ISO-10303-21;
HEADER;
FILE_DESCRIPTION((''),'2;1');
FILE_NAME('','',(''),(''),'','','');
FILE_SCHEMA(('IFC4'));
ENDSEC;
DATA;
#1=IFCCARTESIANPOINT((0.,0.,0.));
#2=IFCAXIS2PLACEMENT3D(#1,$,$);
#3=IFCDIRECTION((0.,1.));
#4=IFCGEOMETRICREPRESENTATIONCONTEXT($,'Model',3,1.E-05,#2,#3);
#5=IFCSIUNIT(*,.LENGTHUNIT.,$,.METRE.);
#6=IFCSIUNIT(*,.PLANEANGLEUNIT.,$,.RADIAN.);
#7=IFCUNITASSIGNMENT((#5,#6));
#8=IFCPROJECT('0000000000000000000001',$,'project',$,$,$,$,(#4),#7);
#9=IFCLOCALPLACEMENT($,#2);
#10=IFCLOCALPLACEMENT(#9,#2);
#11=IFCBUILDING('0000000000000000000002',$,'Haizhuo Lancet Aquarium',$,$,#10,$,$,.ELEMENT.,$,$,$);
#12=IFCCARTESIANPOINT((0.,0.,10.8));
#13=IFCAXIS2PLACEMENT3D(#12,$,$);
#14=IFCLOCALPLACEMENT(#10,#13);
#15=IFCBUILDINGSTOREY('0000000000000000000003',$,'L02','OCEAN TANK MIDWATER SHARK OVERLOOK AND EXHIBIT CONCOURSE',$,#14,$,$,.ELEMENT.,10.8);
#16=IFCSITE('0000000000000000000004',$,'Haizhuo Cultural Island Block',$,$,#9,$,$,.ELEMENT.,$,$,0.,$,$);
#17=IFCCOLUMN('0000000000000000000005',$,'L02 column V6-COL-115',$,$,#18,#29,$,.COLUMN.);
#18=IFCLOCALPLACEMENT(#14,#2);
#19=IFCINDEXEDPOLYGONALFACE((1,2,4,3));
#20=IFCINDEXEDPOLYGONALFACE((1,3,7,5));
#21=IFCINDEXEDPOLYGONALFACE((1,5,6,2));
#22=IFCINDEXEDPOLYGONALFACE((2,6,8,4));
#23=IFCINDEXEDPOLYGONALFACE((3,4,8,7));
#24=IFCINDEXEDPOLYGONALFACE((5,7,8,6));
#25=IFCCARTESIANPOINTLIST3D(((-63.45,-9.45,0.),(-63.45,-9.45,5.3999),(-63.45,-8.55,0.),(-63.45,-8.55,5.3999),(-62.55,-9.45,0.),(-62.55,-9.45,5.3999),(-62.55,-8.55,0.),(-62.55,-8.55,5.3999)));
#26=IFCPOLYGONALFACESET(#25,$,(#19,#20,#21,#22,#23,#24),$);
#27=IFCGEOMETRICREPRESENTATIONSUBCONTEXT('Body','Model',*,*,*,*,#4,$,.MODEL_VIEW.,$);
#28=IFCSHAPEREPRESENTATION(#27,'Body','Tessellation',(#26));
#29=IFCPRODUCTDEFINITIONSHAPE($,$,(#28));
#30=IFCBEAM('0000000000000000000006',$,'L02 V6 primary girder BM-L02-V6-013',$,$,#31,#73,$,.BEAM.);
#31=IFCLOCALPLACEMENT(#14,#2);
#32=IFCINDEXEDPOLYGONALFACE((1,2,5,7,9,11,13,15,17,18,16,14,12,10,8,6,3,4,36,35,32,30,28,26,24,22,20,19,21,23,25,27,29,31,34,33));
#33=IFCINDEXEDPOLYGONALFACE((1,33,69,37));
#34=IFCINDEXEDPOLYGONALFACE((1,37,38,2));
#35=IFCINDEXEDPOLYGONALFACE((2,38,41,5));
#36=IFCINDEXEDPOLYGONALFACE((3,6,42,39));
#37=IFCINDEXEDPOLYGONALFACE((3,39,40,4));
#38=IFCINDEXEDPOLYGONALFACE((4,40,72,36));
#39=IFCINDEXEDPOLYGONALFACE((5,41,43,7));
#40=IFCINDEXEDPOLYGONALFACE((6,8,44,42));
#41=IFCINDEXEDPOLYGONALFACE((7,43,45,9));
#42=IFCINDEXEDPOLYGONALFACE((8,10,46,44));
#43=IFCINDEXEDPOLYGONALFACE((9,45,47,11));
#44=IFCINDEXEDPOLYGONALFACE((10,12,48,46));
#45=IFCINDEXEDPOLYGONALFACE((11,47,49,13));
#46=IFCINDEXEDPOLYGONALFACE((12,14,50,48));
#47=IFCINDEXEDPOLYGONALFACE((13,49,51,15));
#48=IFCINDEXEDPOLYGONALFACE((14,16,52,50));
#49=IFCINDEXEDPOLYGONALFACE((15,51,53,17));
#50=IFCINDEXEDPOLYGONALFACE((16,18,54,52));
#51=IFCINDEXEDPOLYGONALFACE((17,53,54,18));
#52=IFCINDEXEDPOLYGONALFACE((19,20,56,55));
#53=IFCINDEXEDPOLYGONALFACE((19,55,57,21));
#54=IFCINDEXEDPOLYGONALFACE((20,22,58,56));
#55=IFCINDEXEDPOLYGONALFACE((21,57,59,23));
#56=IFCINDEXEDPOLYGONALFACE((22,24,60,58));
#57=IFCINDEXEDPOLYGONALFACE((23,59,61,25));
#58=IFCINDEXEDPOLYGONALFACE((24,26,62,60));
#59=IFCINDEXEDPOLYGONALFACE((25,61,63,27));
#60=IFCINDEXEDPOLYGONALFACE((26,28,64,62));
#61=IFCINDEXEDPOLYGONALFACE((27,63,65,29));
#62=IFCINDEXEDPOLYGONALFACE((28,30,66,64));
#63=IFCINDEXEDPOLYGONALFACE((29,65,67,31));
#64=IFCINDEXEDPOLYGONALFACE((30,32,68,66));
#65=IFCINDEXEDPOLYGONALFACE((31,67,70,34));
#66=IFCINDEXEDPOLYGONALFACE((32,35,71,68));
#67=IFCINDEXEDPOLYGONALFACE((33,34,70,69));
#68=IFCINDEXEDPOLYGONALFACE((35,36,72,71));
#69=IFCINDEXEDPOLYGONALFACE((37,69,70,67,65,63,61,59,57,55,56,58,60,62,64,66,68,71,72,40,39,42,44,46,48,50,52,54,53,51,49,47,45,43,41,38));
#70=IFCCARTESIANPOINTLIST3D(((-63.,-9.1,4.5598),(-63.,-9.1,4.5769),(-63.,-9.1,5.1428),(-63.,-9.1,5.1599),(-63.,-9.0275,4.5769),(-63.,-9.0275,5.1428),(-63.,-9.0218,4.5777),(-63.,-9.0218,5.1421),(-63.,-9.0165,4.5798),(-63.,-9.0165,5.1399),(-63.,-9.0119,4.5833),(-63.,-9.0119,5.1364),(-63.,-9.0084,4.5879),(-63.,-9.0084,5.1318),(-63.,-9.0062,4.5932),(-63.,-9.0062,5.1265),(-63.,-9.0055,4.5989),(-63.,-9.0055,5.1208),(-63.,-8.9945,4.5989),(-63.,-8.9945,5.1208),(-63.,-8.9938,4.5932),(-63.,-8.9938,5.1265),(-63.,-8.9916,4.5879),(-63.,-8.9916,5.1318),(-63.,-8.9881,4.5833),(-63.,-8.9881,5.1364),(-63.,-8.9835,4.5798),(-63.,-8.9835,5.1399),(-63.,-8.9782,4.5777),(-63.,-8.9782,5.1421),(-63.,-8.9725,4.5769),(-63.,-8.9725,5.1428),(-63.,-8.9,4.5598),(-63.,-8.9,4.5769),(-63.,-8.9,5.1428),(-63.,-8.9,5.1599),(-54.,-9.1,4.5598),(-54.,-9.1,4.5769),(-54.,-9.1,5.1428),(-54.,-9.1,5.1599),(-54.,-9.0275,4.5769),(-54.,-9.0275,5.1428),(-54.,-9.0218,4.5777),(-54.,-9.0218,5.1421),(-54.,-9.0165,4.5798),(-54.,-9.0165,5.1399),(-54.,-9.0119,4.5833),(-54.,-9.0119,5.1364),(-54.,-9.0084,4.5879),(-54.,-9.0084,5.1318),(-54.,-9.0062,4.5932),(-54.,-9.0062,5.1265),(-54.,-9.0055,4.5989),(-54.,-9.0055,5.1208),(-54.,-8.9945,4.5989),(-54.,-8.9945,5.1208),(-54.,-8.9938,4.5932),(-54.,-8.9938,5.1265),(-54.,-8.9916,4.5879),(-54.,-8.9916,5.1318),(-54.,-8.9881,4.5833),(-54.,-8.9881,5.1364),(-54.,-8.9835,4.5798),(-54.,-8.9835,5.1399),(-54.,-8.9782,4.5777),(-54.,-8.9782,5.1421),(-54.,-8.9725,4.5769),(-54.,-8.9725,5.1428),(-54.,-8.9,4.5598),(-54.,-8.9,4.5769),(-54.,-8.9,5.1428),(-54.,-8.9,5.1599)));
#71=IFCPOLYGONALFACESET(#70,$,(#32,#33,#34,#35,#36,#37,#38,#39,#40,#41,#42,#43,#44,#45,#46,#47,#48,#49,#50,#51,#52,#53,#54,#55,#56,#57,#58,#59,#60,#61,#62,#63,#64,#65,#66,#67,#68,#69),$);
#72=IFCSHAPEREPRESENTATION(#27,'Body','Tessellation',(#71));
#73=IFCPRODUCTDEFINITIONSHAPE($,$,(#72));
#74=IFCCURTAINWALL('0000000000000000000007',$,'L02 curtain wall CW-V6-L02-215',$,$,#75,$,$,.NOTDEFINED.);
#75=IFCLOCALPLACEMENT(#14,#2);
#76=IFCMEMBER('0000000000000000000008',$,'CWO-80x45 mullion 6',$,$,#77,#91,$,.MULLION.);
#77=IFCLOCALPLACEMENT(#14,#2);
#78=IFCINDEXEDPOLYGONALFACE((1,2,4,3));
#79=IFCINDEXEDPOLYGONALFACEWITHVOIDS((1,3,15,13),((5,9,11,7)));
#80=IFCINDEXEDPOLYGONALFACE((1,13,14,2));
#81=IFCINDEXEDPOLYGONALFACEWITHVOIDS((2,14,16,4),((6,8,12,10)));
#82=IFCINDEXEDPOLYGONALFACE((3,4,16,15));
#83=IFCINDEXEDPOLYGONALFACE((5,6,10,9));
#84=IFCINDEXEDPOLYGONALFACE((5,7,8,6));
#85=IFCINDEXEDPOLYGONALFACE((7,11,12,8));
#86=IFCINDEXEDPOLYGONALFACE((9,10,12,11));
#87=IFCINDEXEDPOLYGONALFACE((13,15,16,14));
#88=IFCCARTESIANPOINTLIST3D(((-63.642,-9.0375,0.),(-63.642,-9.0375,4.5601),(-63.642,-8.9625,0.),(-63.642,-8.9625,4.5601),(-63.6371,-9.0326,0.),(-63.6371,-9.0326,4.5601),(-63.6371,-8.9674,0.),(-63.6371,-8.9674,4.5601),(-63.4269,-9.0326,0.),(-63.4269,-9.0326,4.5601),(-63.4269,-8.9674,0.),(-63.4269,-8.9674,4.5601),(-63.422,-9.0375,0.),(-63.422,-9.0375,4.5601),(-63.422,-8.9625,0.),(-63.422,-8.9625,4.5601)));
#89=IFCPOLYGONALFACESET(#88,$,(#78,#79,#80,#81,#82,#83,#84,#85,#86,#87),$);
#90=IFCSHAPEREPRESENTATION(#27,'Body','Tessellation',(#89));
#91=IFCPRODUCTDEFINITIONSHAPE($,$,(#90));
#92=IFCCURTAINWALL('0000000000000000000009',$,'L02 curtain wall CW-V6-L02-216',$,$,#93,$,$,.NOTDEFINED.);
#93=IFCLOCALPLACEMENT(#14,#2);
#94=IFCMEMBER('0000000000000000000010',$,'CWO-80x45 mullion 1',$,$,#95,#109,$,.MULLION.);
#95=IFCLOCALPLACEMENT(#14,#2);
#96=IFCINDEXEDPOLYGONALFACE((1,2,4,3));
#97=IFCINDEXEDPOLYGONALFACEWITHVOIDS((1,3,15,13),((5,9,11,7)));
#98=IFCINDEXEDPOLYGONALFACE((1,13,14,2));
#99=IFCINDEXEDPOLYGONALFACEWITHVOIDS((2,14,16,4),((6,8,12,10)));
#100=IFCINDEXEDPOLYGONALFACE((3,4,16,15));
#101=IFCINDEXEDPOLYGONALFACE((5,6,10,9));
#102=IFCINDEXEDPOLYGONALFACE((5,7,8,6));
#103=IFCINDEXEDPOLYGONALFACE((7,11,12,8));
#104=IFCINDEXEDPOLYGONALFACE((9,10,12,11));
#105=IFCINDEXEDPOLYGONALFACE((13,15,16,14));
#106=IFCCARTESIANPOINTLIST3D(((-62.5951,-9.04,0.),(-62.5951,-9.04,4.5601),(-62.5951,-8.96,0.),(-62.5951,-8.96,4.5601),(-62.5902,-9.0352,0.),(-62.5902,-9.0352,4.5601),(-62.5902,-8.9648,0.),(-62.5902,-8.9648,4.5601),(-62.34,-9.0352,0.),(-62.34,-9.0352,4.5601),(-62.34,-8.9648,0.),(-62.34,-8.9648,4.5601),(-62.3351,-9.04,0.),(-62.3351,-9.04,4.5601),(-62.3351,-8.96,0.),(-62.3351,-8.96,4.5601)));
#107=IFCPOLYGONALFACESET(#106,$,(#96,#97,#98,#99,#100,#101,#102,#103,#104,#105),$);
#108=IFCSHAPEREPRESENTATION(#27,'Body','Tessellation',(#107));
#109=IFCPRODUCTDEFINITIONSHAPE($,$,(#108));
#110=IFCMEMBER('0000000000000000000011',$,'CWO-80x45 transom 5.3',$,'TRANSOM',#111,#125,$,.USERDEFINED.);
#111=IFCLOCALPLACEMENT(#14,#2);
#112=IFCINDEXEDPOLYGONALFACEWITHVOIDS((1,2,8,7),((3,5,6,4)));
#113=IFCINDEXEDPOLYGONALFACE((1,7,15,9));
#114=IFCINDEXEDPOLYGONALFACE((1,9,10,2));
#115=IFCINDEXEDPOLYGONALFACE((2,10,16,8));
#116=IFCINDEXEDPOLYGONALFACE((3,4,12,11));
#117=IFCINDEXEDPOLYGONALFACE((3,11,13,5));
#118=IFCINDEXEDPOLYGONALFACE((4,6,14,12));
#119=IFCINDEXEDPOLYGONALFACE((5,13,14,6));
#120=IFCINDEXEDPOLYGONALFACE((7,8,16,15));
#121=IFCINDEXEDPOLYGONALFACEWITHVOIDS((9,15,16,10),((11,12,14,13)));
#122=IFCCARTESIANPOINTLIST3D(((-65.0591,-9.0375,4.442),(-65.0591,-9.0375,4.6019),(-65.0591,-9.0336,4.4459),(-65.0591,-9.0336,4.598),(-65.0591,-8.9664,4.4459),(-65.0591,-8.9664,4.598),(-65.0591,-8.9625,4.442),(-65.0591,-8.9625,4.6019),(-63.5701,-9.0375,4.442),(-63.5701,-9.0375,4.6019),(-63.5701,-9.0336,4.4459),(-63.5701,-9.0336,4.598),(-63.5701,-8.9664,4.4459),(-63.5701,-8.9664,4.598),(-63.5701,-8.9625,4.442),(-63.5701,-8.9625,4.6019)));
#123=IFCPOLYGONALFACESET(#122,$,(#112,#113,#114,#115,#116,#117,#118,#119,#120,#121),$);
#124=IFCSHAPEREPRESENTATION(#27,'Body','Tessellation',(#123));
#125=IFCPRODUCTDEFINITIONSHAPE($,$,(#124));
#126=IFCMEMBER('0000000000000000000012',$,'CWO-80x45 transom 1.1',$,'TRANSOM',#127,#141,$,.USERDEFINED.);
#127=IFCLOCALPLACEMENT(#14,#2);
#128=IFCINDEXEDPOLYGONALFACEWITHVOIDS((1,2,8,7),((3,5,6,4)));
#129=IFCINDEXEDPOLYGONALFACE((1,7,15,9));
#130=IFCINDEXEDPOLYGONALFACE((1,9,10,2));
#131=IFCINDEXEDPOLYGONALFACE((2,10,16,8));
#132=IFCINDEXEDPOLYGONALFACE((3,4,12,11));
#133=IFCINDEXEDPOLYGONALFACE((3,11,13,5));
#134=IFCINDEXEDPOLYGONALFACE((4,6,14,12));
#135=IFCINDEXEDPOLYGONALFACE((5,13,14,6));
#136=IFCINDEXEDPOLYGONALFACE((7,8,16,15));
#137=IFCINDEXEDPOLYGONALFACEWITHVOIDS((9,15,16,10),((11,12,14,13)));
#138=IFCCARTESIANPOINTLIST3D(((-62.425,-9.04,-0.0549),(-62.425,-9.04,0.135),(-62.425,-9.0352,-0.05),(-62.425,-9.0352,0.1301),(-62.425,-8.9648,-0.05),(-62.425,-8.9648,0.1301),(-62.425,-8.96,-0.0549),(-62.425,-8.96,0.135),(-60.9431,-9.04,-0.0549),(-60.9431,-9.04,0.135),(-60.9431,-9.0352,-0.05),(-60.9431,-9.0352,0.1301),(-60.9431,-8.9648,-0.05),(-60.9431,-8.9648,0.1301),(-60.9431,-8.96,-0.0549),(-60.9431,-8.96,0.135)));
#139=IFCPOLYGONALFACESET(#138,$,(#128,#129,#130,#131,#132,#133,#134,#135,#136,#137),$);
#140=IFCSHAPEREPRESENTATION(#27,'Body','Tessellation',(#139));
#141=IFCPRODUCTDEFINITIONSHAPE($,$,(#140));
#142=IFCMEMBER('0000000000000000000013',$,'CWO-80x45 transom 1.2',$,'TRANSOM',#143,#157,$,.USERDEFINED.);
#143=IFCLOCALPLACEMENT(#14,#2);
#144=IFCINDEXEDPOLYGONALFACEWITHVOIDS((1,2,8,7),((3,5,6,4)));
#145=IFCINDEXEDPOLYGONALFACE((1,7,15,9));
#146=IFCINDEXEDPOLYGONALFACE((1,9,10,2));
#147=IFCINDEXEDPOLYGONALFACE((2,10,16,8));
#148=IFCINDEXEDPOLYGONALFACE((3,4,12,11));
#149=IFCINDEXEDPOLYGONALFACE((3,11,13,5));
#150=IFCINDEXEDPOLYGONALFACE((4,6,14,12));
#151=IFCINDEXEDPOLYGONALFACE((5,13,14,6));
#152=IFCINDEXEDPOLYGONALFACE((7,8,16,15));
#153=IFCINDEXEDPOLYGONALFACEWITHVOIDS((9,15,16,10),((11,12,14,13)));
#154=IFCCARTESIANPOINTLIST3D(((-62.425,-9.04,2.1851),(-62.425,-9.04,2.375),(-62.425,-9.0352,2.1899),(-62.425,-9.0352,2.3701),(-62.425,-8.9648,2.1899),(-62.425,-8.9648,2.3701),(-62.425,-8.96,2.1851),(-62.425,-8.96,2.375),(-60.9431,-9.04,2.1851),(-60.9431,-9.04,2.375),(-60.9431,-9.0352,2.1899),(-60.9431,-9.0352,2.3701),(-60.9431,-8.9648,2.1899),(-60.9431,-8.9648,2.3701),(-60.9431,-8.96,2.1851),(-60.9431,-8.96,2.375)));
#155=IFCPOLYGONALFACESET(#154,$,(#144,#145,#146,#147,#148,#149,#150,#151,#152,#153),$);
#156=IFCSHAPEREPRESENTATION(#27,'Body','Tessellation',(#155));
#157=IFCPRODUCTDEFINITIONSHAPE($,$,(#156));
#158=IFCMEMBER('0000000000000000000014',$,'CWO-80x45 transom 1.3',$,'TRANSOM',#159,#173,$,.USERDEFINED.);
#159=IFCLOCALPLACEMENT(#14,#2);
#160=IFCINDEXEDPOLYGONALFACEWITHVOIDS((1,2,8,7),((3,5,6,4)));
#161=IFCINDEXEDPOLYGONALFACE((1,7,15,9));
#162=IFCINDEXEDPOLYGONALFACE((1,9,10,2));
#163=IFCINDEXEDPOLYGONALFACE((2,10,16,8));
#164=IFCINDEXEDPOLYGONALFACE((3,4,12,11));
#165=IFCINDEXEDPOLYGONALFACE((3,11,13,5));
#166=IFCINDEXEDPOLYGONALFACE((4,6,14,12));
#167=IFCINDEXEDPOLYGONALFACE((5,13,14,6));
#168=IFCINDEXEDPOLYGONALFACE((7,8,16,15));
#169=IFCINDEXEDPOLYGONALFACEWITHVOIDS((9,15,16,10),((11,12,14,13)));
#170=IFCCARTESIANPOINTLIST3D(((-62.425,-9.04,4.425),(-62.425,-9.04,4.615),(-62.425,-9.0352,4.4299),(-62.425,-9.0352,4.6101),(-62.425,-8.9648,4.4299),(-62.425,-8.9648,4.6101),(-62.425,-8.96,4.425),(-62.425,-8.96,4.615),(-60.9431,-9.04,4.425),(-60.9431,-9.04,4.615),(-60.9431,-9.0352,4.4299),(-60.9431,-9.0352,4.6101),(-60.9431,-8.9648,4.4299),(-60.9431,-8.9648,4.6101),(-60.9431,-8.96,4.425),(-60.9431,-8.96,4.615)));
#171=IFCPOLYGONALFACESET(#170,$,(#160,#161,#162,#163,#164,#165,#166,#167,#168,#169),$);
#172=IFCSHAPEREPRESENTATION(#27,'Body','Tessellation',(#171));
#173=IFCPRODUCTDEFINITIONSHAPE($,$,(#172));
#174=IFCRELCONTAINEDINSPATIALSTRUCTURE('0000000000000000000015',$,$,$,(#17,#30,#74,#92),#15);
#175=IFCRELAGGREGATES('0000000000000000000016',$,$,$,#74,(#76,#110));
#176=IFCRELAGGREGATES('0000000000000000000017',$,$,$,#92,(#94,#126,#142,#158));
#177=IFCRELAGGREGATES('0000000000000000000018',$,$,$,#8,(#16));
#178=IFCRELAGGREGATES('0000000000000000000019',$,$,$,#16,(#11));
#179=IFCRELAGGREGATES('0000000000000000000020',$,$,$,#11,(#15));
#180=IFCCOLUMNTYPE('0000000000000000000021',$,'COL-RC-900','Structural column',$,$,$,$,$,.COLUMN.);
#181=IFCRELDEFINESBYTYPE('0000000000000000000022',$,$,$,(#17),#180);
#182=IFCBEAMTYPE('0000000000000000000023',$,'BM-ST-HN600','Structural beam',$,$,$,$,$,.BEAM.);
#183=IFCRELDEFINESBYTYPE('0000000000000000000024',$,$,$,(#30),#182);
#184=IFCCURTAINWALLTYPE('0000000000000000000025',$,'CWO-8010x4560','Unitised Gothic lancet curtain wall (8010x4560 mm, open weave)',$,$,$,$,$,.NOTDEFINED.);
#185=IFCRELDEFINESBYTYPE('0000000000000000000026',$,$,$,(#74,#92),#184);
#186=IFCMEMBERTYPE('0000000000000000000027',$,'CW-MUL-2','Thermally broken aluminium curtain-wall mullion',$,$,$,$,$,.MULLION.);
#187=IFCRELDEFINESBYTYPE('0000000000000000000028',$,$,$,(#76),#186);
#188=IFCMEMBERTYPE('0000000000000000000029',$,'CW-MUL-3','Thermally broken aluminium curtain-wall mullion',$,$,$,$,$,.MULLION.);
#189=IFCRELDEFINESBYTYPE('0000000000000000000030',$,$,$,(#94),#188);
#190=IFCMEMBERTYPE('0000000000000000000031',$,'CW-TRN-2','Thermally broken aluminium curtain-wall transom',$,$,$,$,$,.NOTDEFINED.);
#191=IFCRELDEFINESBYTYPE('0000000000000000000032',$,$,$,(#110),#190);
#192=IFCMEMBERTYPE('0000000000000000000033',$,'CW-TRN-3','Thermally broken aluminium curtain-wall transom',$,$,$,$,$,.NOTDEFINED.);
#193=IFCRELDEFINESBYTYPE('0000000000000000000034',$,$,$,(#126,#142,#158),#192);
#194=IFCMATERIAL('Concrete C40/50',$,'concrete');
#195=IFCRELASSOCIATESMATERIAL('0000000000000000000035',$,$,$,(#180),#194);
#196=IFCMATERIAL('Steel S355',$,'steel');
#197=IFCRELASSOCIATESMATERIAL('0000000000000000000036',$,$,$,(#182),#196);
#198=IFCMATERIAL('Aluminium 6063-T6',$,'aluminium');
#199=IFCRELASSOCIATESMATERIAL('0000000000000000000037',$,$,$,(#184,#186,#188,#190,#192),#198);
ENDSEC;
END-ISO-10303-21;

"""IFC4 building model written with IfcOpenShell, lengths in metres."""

from ifc_helpers import new_model, si_unit, direction, frame, origin, origin_2d, place, context, subcontext, project, spatial, rectangle, hollow_rectangle, i_section, extrude, material, material_profile, profile_set, type_object, element, aggregate, save


model = new_model("IFC4")

# Units and contexts
model_context = context("Model", 3, precision=1e-05, world=origin(), true_north=direction((0.0, 1.0)))
body_context = subcontext(model_context, "Body", "Model", "MODEL_VIEW")
ifc_project = project(units=[si_unit("LENGTHUNIT", "METRE"), si_unit("PLANEANGLEUNIT", "RADIAN")], contexts=[model_context])

# Site, building, storey
site_placement = place(None, origin())
site = spatial("IfcSite", under=ifc_project, at=site_placement, Name="Haizhuo Cultural Island Block", CompositionType="ELEMENT", RefElevation=0.0)
building_placement = place(site_placement, origin())
building = spatial("IfcBuilding", under=site, at=building_placement, Name="Haizhuo Lancet Aquarium", CompositionType="ELEMENT")
storey_placement = place(building_placement, frame((0.0, 0.0, 10.8)))
storey = spatial("IfcBuildingStorey", under=building, at=storey_placement, Name="L02", Description="OCEAN TANK MIDWATER SHARK OVERLOOK AND EXHIBIT CONCOURSE", CompositionType="ELEMENT", Elevation=10.8)

# Column
ifc_material_1 = material(Name="Concrete C40/50", Category="concrete")
ifc_material_profile_1 = material_profile(ifc_material_1, rectangle(XDim=0.8999, YDim=0.8999, at=origin_2d()), Name="RC-COL 900x900")
ifc_profile_set_1 = profile_set([ifc_material_profile_1], Name="Concrete C40/50")
column_type = type_object("IfcColumnType", Name="COL-RC-900", Description="Structural column", PredefinedType="COLUMN", material=ifc_profile_set_1)
column_placement = place(storey_placement, frame((-63.0, -9.0, 0.0), z_axis=(0.0, 0.0, 1.0), x_axis=(1.0, 0.0, 0.0)))
element("IfcColumn", 1, at=column_placement, inside=storey, type_object=column_type, Name="L02 column V6-COL-115", PredefinedType="COLUMN", context=body_context, shape_type="SweptSolid", body=[
    extrude(rectangle(XDim=0.8999, YDim=0.8999, at=origin_2d()), origin(), (0.0, 0.0, 1.0), 5.3999),
])

# Beam
ifc_material_2 = material(Name="Steel S355", Category="steel")
ifc_material_profile_2 = material_profile(ifc_material_2, i_section(OverallWidth=0.2, OverallDepth=0.6001, WebThickness=0.011, FlangeThickness=0.0171, FilletRadius=0.022, at=origin_2d()), Name="HN 600x200x11x17")
ifc_profile_set_2 = profile_set([ifc_material_profile_2], Name="Steel S355")
beam_type = type_object("IfcBeamType", Name="BM-ST-HN600", Description="Structural beam", PredefinedType="BEAM", material=ifc_profile_set_2)
beam_placement = place(storey_placement, frame((-63.0, -9.0, 4.8599), z_axis=(1.0, 0.0, 0.0), x_axis=(0.0, 1.0, 0.0)))
element("IfcBeam", 2, at=beam_placement, inside=storey, type_object=beam_type, Name="L02 V6 primary girder BM-L02-V6-013", PredefinedType="BEAM", context=body_context, shape_type="SweptSolid", body=[
    extrude(i_section(OverallWidth=0.2, OverallDepth=0.6001, WebThickness=0.011, FlangeThickness=0.0171, FilletRadius=0.022, at=origin_2d()), origin(), (0.0, 0.0, 1.0), 9.0),
])

# Curtain walls, members
ifc_material_3 = material(Name="Aluminium 6063-T6", Category="aluminium")
curtain_wall_type = type_object("IfcCurtainWallType", Name="CWO-8010x4560", Description="Unitised Gothic lancet curtain wall (8010x4560 mm, open weave)", PredefinedType="NOTDEFINED", material=ifc_material_3)
curtain_wall_1_placement = place(storey_placement, origin())
curtain_wall_1 = element("IfcCurtainWall", 3, at=curtain_wall_1_placement, inside=storey, type_object=curtain_wall_type, Name="L02 curtain wall CW-V6-L02-215", PredefinedType="NOTDEFINED")
ifc_material_profile_3 = material_profile(ifc_material_3, hollow_rectangle(XDim=0.075, YDim=0.22, WallThickness=0.0049, at=origin_2d()), Name="ALU-M 75x220x5")
ifc_profile_set_3 = profile_set([ifc_material_profile_3], Name="Aluminium 6063-T6")
member_type_1 = type_object("IfcMemberType", Name="CW-MUL-2", Description="Thermally broken aluminium curtain-wall mullion", PredefinedType="MULLION", material=ifc_profile_set_3)
member_1_placement = place(storey_placement, frame((-63.532, -9.0, 0.0), z_axis=(0.0, 0.0, 1.0), x_axis=(0.0, 1.0, 0.0)))
member_1 = element("IfcMember", 4, at=member_1_placement, type_object=member_type_1, Name="CWO-80x45 mullion 6", PredefinedType="MULLION", context=body_context, shape_type="SweptSolid", body=[
    extrude(hollow_rectangle(XDim=0.075, YDim=0.22, WallThickness=0.0049, at=origin_2d()), origin(), (0.0, 0.0, 1.0), 4.5601),
])
curtain_wall_2_placement = place(storey_placement, origin())
curtain_wall_2 = element("IfcCurtainWall", 5, at=curtain_wall_2_placement, inside=storey, type_object=curtain_wall_type, Name="L02 curtain wall CW-V6-L02-216", PredefinedType="NOTDEFINED")
ifc_material_profile_4 = material_profile(ifc_material_3, hollow_rectangle(XDim=0.0801, YDim=0.26, WallThickness=0.0049, at=origin_2d()), Name="ALU-M 80x260x5")
ifc_profile_set_4 = profile_set([ifc_material_profile_4], Name="Aluminium 6063-T6")
member_type_2 = type_object("IfcMemberType", Name="CW-MUL-3", Description="Thermally broken aluminium curtain-wall mullion", PredefinedType="MULLION", material=ifc_profile_set_4)
member_2_placement = place(storey_placement, frame((-62.4651, -9.0, 0.0), z_axis=(0.0, 0.0, 1.0), x_axis=(0.0, 1.0, 0.0)))
member_2 = element("IfcMember", 6, at=member_2_placement, type_object=member_type_2, Name="CWO-80x45 mullion 1", PredefinedType="MULLION", context=body_context, shape_type="SweptSolid", body=[
    extrude(hollow_rectangle(XDim=0.0801, YDim=0.26, WallThickness=0.0049, at=origin_2d()), origin(), (0.0, 0.0, 1.0), 4.5601),
])

# Members
ifc_material_profile_5 = material_profile(ifc_material_3, hollow_rectangle(XDim=0.075, YDim=0.1599, WallThickness=0.0039, at=origin_2d()), Name="ALU-T 75x160x4")
ifc_profile_set_5 = profile_set([ifc_material_profile_5], Name="Aluminium 6063-T6")
member_type_3 = type_object("IfcMemberType", Name="CW-TRN-2", Description="Thermally broken aluminium curtain-wall transom", PredefinedType="NOTDEFINED", material=ifc_profile_set_5)
member_3_placement = place(storey_placement, frame((-65.0591, -9.0, 4.522), z_axis=(1.0, 0.0, 0.0), x_axis=(0.0, 1.0, 0.0)))
member_3 = element("IfcMember", 7, at=member_3_placement, type_object=member_type_3, Name="CWO-80x45 transom 5.3", ObjectType="TRANSOM", PredefinedType="USERDEFINED", context=body_context, shape_type="SweptSolid", body=[
    extrude(hollow_rectangle(XDim=0.075, YDim=0.1599, WallThickness=0.0039, at=origin_2d()), origin(), (0.0, 0.0, 1.0), 1.489),
])
ifc_material_profile_6 = material_profile(ifc_material_3, hollow_rectangle(XDim=0.0801, YDim=0.1899, WallThickness=0.0049, at=origin_2d()), Name="ALU-T 80x190x5")
ifc_profile_set_6 = profile_set([ifc_material_profile_6], Name="Aluminium 6063-T6")
member_type_4 = type_object("IfcMemberType", Name="CW-TRN-3", Description="Thermally broken aluminium curtain-wall transom", PredefinedType="NOTDEFINED", material=ifc_profile_set_6)
member_4_placement = place(storey_placement, frame((-62.425, -9.0, 0.04), z_axis=(1.0, 0.0, 0.0), x_axis=(0.0, 1.0, 0.0)))
member_4 = element("IfcMember", 8, at=member_4_placement, type_object=member_type_4, Name="CWO-80x45 transom 1.1", ObjectType="TRANSOM", PredefinedType="USERDEFINED", context=body_context, shape_type="SweptSolid", body=[
    extrude(hollow_rectangle(XDim=0.0801, YDim=0.1899, WallThickness=0.0049, at=origin_2d()), origin(), (0.0, 0.0, 1.0), 1.4819),
])
member_5_placement = place(storey_placement, frame((-62.425, -9.0, 2.28), z_axis=(1.0, 0.0, 0.0), x_axis=(0.0, 1.0, 0.0)))
member_5 = element("IfcMember", 9, at=member_5_placement, type_object=member_type_4, Name="CWO-80x45 transom 1.2", ObjectType="TRANSOM", PredefinedType="USERDEFINED", context=body_context, shape_type="SweptSolid", body=[
    extrude(hollow_rectangle(XDim=0.0801, YDim=0.1899, WallThickness=0.0049, at=origin_2d()), origin(), (0.0, 0.0, 1.0), 1.4819),
])
member_6_placement = place(storey_placement, frame((-62.425, -9.0, 4.52), z_axis=(1.0, 0.0, 0.0), x_axis=(0.0, 1.0, 0.0)))
member_6 = element("IfcMember", 10, at=member_6_placement, type_object=member_type_4, Name="CWO-80x45 transom 1.3", ObjectType="TRANSOM", PredefinedType="USERDEFINED", context=body_context, shape_type="SweptSolid", body=[
    extrude(hollow_rectangle(XDim=0.0801, YDim=0.1899, WallThickness=0.0049, at=origin_2d()), origin(), (0.0, 0.0, 1.0), 1.4819),
])

aggregate(curtain_wall_1, [member_1, member_3])
aggregate(curtain_wall_2, [member_2, member_4, member_5, member_6])

save(model, "model.ifc")
